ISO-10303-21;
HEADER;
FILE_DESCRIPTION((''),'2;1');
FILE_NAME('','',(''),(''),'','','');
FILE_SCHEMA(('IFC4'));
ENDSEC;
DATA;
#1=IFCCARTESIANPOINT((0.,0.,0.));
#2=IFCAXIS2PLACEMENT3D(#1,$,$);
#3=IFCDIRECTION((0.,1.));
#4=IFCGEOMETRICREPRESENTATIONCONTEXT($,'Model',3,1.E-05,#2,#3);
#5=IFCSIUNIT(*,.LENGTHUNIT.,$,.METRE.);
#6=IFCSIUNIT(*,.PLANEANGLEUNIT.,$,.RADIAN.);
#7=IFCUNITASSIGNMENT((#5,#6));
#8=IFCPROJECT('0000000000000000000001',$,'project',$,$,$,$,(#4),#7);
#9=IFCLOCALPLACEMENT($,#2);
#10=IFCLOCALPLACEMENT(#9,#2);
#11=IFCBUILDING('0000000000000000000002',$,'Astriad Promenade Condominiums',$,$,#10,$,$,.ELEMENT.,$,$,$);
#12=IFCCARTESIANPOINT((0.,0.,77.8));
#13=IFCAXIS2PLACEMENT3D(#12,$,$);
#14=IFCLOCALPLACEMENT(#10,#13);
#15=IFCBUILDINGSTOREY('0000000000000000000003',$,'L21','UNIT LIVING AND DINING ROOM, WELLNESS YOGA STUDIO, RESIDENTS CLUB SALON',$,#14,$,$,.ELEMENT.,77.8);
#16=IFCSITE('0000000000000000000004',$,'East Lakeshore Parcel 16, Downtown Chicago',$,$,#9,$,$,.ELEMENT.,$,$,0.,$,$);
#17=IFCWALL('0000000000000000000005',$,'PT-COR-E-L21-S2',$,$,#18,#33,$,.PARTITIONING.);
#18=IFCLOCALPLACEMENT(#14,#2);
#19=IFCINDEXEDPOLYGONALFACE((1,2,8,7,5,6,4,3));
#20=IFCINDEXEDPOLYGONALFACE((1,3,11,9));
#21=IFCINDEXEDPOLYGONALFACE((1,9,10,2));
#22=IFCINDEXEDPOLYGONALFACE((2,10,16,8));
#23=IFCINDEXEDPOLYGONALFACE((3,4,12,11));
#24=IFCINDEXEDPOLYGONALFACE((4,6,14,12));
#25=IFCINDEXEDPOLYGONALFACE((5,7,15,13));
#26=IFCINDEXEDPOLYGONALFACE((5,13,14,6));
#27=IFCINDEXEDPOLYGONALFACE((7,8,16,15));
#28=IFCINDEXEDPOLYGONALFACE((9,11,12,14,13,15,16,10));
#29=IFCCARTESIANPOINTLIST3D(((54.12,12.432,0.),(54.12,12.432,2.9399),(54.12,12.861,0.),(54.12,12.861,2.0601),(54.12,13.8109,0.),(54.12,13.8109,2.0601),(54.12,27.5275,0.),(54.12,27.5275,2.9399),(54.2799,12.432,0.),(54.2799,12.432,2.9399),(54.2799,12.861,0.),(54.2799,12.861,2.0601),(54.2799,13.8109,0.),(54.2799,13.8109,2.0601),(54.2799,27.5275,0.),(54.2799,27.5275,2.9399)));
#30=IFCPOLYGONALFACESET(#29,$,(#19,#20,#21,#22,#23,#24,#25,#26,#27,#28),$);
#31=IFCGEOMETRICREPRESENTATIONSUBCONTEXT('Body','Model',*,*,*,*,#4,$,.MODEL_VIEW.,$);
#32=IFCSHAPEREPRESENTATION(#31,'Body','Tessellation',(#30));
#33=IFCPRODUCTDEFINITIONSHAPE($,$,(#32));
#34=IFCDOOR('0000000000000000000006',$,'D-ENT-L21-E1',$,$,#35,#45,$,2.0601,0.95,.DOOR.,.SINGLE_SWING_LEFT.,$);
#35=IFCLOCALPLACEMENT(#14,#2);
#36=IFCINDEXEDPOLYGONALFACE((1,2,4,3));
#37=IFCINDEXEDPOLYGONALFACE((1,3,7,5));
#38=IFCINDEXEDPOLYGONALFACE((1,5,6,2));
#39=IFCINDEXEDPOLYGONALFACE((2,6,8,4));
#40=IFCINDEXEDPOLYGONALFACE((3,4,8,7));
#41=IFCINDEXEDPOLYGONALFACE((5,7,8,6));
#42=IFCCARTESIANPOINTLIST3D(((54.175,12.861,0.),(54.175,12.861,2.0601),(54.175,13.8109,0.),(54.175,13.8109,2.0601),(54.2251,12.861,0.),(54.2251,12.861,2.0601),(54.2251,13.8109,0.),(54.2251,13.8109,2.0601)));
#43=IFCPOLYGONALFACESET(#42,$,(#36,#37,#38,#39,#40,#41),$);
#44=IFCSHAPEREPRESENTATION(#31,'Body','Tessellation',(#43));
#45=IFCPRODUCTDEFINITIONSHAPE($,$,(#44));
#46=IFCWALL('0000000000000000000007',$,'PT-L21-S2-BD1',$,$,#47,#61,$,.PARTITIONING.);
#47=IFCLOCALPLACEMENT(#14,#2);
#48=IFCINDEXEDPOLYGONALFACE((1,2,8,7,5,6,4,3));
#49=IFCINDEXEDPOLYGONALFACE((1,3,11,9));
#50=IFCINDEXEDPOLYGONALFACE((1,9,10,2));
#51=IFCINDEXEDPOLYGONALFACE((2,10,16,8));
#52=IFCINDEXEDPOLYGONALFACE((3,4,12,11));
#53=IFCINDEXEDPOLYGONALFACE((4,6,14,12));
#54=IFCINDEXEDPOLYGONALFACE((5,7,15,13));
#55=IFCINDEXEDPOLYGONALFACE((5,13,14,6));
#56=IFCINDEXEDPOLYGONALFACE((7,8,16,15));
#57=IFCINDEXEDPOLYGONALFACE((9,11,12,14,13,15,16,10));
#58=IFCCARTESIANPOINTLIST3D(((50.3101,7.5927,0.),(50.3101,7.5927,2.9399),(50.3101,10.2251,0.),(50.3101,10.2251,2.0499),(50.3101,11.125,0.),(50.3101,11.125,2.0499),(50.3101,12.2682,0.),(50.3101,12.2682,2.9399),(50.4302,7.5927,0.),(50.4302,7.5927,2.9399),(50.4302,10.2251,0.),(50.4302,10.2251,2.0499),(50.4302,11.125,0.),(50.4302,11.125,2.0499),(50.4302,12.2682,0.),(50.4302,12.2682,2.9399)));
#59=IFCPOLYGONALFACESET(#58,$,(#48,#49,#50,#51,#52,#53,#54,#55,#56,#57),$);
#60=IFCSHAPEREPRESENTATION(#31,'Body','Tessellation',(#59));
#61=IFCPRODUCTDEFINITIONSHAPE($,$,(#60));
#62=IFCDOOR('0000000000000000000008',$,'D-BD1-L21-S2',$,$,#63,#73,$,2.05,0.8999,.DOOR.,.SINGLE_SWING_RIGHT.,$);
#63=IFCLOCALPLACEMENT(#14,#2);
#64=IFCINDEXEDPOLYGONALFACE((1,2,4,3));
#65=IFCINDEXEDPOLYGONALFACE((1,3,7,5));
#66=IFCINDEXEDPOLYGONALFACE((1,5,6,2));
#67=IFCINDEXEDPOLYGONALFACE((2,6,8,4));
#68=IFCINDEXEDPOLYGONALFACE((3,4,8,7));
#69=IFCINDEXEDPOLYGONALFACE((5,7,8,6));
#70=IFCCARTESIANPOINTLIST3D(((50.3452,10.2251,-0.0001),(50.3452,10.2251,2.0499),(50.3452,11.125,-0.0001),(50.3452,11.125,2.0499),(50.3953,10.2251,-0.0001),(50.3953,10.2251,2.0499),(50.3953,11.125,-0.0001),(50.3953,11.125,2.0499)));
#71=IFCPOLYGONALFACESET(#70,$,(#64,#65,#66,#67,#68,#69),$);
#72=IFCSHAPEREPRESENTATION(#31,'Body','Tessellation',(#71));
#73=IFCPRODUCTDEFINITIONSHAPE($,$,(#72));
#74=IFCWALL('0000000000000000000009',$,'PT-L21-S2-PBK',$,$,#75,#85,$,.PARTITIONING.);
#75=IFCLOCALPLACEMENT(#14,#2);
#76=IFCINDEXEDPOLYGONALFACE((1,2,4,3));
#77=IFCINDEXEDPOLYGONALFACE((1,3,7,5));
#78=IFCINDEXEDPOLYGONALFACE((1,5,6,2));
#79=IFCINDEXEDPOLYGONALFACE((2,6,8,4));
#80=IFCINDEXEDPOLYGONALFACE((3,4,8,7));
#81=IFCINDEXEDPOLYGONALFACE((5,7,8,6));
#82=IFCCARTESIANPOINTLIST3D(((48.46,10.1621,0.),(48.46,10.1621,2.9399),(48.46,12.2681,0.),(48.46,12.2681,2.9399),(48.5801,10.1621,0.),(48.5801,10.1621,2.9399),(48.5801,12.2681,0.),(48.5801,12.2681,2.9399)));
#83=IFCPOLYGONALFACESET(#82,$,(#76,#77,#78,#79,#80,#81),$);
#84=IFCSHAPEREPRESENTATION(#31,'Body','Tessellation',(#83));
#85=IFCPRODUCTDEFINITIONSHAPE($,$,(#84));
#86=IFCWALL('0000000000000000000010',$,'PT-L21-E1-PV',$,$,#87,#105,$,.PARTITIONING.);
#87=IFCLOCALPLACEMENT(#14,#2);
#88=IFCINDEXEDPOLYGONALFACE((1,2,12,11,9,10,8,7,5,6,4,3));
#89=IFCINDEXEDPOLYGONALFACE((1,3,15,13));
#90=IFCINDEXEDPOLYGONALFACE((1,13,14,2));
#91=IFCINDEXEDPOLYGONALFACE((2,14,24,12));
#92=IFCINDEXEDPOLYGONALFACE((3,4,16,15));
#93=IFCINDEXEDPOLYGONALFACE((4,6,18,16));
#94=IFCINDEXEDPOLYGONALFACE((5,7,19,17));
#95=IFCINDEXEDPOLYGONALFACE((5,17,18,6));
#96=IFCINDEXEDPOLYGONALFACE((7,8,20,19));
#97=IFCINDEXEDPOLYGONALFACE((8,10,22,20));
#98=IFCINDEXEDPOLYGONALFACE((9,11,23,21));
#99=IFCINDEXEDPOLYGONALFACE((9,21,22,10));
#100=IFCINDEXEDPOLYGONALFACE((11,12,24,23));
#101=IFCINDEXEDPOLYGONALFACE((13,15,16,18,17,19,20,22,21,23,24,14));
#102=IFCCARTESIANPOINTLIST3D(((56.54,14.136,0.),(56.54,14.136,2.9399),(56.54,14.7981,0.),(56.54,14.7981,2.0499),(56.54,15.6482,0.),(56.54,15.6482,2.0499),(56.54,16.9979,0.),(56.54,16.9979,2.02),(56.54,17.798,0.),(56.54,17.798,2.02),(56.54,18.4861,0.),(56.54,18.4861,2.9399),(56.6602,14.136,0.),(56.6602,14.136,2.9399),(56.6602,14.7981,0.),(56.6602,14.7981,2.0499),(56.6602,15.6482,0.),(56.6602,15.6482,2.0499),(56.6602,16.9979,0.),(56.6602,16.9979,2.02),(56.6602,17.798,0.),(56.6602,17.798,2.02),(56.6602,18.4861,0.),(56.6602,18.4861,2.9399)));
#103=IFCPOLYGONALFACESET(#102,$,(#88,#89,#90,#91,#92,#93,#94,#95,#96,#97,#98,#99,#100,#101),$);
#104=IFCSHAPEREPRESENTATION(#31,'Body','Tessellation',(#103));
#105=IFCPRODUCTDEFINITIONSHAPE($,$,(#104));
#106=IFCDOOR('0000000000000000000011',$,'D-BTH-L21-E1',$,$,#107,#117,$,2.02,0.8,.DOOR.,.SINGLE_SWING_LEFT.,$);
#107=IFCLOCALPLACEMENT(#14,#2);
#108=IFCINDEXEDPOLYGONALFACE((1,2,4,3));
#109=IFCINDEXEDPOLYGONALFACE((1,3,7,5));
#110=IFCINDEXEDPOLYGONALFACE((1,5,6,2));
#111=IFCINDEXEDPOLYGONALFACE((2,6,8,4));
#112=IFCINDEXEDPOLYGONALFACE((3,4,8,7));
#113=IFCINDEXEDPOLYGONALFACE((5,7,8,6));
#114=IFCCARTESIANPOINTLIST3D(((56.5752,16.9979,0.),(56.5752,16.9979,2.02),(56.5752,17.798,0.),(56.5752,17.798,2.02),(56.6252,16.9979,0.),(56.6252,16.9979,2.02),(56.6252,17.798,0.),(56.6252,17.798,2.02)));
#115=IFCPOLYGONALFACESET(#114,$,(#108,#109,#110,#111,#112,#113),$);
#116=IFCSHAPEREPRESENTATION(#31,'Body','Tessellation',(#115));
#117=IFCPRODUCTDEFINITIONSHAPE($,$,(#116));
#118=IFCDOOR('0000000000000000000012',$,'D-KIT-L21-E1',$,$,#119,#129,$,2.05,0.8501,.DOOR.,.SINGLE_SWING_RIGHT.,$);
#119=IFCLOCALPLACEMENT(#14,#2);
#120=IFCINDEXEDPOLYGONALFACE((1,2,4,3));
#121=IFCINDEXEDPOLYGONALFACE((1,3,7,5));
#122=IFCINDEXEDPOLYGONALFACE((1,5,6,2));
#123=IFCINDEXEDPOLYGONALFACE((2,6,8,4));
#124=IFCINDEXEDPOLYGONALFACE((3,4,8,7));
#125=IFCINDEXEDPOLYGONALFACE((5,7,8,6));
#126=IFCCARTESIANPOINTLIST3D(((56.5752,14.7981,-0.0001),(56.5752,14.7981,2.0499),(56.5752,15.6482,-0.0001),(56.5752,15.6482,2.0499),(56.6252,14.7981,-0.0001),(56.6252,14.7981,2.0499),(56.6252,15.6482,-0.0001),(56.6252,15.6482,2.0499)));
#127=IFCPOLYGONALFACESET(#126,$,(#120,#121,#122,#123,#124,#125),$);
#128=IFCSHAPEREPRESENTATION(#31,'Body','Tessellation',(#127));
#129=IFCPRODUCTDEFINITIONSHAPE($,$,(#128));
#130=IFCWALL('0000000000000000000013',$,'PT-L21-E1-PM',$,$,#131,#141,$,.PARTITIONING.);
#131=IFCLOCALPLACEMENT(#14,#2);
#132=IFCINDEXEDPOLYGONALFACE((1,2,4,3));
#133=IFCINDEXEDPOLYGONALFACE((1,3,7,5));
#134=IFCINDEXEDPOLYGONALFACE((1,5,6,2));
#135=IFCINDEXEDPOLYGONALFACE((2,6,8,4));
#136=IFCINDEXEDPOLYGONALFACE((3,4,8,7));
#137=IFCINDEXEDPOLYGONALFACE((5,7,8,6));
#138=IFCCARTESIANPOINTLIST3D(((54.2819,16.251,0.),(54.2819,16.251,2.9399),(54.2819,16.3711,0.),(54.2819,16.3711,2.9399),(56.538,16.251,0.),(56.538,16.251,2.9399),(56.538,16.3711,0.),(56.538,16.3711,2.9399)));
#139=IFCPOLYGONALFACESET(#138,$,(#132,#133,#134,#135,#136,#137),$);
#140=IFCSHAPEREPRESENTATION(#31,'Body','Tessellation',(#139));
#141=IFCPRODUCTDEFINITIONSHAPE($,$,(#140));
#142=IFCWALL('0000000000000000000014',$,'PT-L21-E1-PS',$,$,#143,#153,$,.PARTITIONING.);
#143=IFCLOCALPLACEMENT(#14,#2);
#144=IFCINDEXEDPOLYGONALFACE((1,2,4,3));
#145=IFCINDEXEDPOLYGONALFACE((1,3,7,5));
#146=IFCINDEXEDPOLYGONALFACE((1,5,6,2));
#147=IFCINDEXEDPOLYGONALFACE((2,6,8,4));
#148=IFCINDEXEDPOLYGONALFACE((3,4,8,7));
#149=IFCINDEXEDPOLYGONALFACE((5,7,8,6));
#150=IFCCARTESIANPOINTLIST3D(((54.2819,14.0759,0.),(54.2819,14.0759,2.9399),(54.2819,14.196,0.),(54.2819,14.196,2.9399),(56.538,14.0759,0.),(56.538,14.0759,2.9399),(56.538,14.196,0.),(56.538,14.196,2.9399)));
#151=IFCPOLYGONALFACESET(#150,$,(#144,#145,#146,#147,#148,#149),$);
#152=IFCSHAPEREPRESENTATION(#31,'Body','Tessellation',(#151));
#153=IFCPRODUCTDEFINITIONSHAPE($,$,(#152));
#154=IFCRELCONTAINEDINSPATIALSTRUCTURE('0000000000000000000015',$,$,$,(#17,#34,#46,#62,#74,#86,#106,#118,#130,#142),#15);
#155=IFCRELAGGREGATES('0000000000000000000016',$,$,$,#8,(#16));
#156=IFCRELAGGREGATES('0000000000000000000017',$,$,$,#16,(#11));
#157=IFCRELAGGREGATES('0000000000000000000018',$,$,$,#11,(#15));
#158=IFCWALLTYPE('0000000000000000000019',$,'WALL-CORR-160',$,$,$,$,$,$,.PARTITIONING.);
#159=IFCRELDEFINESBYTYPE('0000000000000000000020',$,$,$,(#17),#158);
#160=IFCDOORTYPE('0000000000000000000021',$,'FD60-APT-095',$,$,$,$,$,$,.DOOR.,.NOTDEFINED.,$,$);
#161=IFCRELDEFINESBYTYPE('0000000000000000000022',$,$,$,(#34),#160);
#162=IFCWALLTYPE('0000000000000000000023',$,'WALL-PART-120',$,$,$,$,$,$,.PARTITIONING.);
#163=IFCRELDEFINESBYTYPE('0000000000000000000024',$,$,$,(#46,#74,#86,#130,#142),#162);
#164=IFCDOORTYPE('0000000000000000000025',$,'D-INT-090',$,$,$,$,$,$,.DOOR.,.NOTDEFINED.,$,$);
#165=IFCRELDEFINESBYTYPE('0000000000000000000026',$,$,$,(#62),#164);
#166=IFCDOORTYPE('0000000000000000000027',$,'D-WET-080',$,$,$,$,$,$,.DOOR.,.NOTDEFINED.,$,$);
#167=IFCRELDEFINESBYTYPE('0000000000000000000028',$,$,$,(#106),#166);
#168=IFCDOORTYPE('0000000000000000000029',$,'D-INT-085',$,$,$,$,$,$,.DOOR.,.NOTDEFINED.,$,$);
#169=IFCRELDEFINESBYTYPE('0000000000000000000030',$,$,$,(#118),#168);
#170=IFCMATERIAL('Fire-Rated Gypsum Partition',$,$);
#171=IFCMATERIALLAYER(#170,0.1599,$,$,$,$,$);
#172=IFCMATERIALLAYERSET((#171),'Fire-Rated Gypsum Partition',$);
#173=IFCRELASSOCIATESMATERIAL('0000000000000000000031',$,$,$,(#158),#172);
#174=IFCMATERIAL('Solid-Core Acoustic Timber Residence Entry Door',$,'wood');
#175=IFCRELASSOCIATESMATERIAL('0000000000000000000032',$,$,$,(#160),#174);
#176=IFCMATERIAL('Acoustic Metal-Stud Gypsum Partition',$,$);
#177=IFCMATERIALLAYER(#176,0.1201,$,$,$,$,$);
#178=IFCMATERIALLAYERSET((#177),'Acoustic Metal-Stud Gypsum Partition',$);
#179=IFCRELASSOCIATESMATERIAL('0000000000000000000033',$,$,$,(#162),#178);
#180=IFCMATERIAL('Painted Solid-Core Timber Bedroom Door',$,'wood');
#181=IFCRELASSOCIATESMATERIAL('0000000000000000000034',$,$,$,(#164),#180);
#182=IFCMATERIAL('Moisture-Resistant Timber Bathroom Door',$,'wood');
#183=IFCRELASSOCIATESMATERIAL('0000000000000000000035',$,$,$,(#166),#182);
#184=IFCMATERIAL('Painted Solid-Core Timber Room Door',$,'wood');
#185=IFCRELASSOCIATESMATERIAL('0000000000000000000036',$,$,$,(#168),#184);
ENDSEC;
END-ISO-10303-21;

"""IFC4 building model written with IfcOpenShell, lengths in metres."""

from ifc_helpers import new_model, si_unit, direction, frame, frame_2d, origin, place, context, subcontext, project, spatial, rectangle, extrude, source, transform, mapped, material, layer, layer_set, type_object, type_shapes, element, fill, save


model = new_model("IFC4")

# Units and contexts
model_context = context("Model", 3, precision=1e-05, world=origin(), true_north=direction((0.0, 1.0)))
body_context = subcontext(model_context, "Body", "Model", "MODEL_VIEW")
ifc_project = project(units=[si_unit("LENGTHUNIT", "METRE"), si_unit("PLANEANGLEUNIT", "RADIAN")], contexts=[model_context])

# Site, building, storey
site_placement = place(None, origin())
site = spatial("IfcSite", under=ifc_project, at=site_placement, Name="East Lakeshore Parcel 16, Downtown Chicago", CompositionType="ELEMENT", RefElevation=0.0)
building_placement = place(site_placement, origin())
building = spatial("IfcBuilding", under=site, at=building_placement, Name="Astriad Promenade Condominiums", CompositionType="ELEMENT")
storey_placement = place(building_placement, frame((0.0, 0.0, 77.8)))
storey = spatial("IfcBuildingStorey", under=building, at=storey_placement, Name="L21", Description="UNIT LIVING AND DINING ROOM, WELLNESS YOGA STUDIO, RESIDENTS CLUB SALON", CompositionType="ELEMENT", Elevation=77.8)

# Shared definitions
ifc_material_1 = material(Name="Fire-Rated Gypsum Partition")
ifc_layer_1 = layer(ifc_material_1, 0.1599)
ifc_layer_set_1 = layer_set([ifc_layer_1], Name="Fire-Rated Gypsum Partition")
wall_type_1 = type_object("IfcWallType", Name="WALL-CORR-160", PredefinedType="PARTITIONING", material=ifc_layer_set_1)

# Walls, openings, doors
wall_1_placement = place(storey_placement, frame((54.2, 12.4319, 0.0), z_axis=(0.0, 0.0, 1.0), x_axis=(0.0, 1.0, 0.0)))
wall_1 = element("IfcWall", 1, at=wall_1_placement, inside=storey, type_object=wall_type_1, Name="PT-COR-E-L21-S2", PredefinedType="PARTITIONING", context=body_context, shape_type="SweptSolid", body=[
    extrude(rectangle(XDim=15.0955, YDim=0.1599, at=frame_2d((7.5479, 0.0))), origin(), (0.0, 0.0, 1.0), 2.9399),
])
opening_1_placement = place(wall_1_placement, frame((0.429, 0.0, 0.0)))
opening_1 = element("IfcOpeningElement", 2, at=opening_1_placement, cuts=wall_1, PredefinedType="OPENING", context=body_context, shape_type="SweptSolid", body=[
    extrude(rectangle(XDim=0.95, YDim=2.0601, at=frame_2d((0.4751, 1.03))), frame((0.0, 0.0898, 0.0), z_axis=(0.0, -1.0, 0.0), x_axis=(1.0, 0.0, 0.0)), (0.0, 0.0, 1.0), 0.1799),
])
ifc_material_2 = material(Name="Solid-Core Acoustic Timber Residence Entry Door", Category="wood")
door_type_1 = type_object("IfcDoorType", Name="FD60-APT-095", OperationType="NOTDEFINED", PredefinedType="DOOR", material=ifc_material_2)
shared_shape_1 = source(origin(), body_context, "Body", "SweptSolid", [
    extrude(rectangle(XDim=0.95, YDim=2.0601, at=frame_2d((0.4751, 1.03))), frame((0.0, 0.0249, 0.0), z_axis=(0.0, -1.0, 0.0), x_axis=(1.0, 0.0, 0.0)), (0.0, 0.0, 1.0), 0.05),
])
type_shapes(door_type_1, [shared_shape_1])
door_1_placement = place(opening_1_placement, origin())
door_1 = element("IfcDoor", 3, at=door_1_placement, inside=storey, type_object=door_type_1, Name="D-ENT-L21-E1", OperationType="SINGLE_SWING_LEFT", OverallHeight=2.0601, OverallWidth=0.95, PredefinedType="DOOR", context=body_context, shape_type="MappedRepresentation", body=[
    mapped(shared_shape_1, transform((0.0, 0.0, 0.0), scale=1.0)),
])
fill(opening_1, door_1)
ifc_material_3 = material(Name="Acoustic Metal-Stud Gypsum Partition")
ifc_layer_2 = layer(ifc_material_3, 0.1201)
ifc_layer_set_2 = layer_set([ifc_layer_2], Name="Acoustic Metal-Stud Gypsum Partition")
wall_type_2 = type_object("IfcWallType", Name="WALL-PART-120", PredefinedType="PARTITIONING", material=ifc_layer_set_2)
wall_2_placement = place(storey_placement, frame((50.3701, 7.5925, 0.0), z_axis=(0.0, 0.0, 1.0), x_axis=(0.0, 1.0, 0.0)))
wall_2 = element("IfcWall", 4, at=wall_2_placement, inside=storey, type_object=wall_type_2, Name="PT-L21-S2-BD1", PredefinedType="PARTITIONING", context=body_context, shape_type="SweptSolid", body=[
    extrude(rectangle(XDim=4.6755, YDim=0.1201, at=frame_2d((2.3379, 0.0))), origin(), (0.0, 0.0, 1.0), 2.9399),
])
opening_2_placement = place(wall_2_placement, frame((2.6326, 0.0, 0.0)))
opening_2 = element("IfcOpeningElement", 5, at=opening_2_placement, cuts=wall_2, PredefinedType="OPENING", context=body_context, shape_type="SweptSolid", body=[
    extrude(rectangle(XDim=0.8999, YDim=2.05, at=frame_2d((0.45, 1.0249))), frame((0.0, 0.0701, 0.0), z_axis=(0.0, -1.0, 0.0), x_axis=(1.0, 0.0, 0.0)), (0.0, 0.0, 1.0), 0.1401),
])
ifc_material_4 = material(Name="Painted Solid-Core Timber Bedroom Door", Category="wood")
door_type_2 = type_object("IfcDoorType", Name="D-INT-090", OperationType="NOTDEFINED", PredefinedType="DOOR", material=ifc_material_4)
shared_shape_2 = source(origin(), body_context, "Body", "SweptSolid", [
    extrude(rectangle(XDim=0.8999, YDim=2.05, at=frame_2d((0.45, 1.0249))), frame((0.0, 0.0249, 0.0), z_axis=(0.0, -1.0, 0.0), x_axis=(1.0, 0.0, 0.0)), (0.0, 0.0, 1.0), 0.05),
])
type_shapes(door_type_2, [shared_shape_2])
door_2_placement = place(opening_2_placement, origin())
door_2 = element("IfcDoor", 6, at=door_2_placement, inside=storey, type_object=door_type_2, Name="D-BD1-L21-S2", OperationType="SINGLE_SWING_RIGHT", OverallHeight=2.05, OverallWidth=0.8999, PredefinedType="DOOR", context=body_context, shape_type="MappedRepresentation", body=[
    mapped(shared_shape_2, transform((0.0, 0.0, 0.0), scale=1.0)),
])
fill(opening_2, door_2)

# Wall
wall_3_placement = place(storey_placement, frame((48.52, 10.1621, 0.0), z_axis=(0.0, 0.0, 1.0), x_axis=(0.0, 1.0, 0.0)))
element("IfcWall", 7, at=wall_3_placement, inside=storey, type_object=wall_type_2, Name="PT-L21-S2-PBK", PredefinedType="PARTITIONING", context=body_context, shape_type="SweptSolid", body=[
    extrude(rectangle(XDim=2.106, YDim=0.1201, at=frame_2d((1.053, 0.0))), origin(), (0.0, 0.0, 1.0), 2.9399),
])

# Wall, openings, doors
wall_4_placement = place(storey_placement, frame((56.6001, 14.136, 0.0), z_axis=(0.0, 0.0, 1.0), x_axis=(0.0, 1.0, 0.0)))
wall_4 = element("IfcWall", 8, at=wall_4_placement, inside=storey, type_object=wall_type_2, Name="PT-L21-E1-PV", PredefinedType="PARTITIONING", context=body_context, shape_type="SweptSolid", body=[
    extrude(rectangle(XDim=4.3501, YDim=0.1201, at=frame_2d((2.175, 0.0))), origin(), (0.0, 0.0, 1.0), 2.9399),
])
opening_3_placement = place(wall_4_placement, frame((0.6621, 0.0, 0.0)))
opening_3 = element("IfcOpeningElement", 9, at=opening_3_placement, cuts=wall_4, PredefinedType="OPENING", context=body_context, shape_type="SweptSolid", body=[
    extrude(rectangle(XDim=0.8501, YDim=2.05, at=frame_2d((0.425, 1.0249))), frame((0.0, 0.0701, 0.0), z_axis=(0.0, -1.0, 0.0), x_axis=(1.0, 0.0, 0.0)), (0.0, 0.0, 1.0), 0.1401),
])
opening_4_placement = place(wall_4_placement, frame((2.8621, 0.0, 0.0)))
opening_4 = element("IfcOpeningElement", 10, at=opening_4_placement, cuts=wall_4, PredefinedType="OPENING", context=body_context, shape_type="SweptSolid", body=[
    extrude(rectangle(XDim=0.8, YDim=2.02, at=frame_2d((0.3999, 1.01))), frame((0.0, 0.0701, 0.0), z_axis=(0.0, -1.0, 0.0), x_axis=(1.0, 0.0, 0.0)), (0.0, 0.0, 1.0), 0.1401),
])
ifc_material_5 = material(Name="Moisture-Resistant Timber Bathroom Door", Category="wood")
door_type_3 = type_object("IfcDoorType", Name="D-WET-080", OperationType="NOTDEFINED", PredefinedType="DOOR", material=ifc_material_5)
shared_shape_3 = source(origin(), body_context, "Body", "SweptSolid", [
    extrude(rectangle(XDim=0.8, YDim=2.02, at=frame_2d((0.3999, 1.01))), frame((0.0, 0.0249, 0.0), z_axis=(0.0, -1.0, 0.0), x_axis=(1.0, 0.0, 0.0)), (0.0, 0.0, 1.0), 0.05),
])
type_shapes(door_type_3, [shared_shape_3])
door_3_placement = place(opening_4_placement, origin())
door_3 = element("IfcDoor", 11, at=door_3_placement, inside=storey, type_object=door_type_3, Name="D-BTH-L21-E1", OperationType="SINGLE_SWING_LEFT", OverallHeight=2.02, OverallWidth=0.8, PredefinedType="DOOR", context=body_context, shape_type="MappedRepresentation", body=[
    mapped(shared_shape_3, transform((0.0, 0.0, 0.0), scale=1.0)),
])
fill(opening_4, door_3)
ifc_material_6 = material(Name="Painted Solid-Core Timber Room Door", Category="wood")
door_type_4 = type_object("IfcDoorType", Name="D-INT-085", OperationType="NOTDEFINED", PredefinedType="DOOR", material=ifc_material_6)
shared_shape_4 = source(origin(), body_context, "Body", "SweptSolid", [
    extrude(rectangle(XDim=0.8501, YDim=2.05, at=frame_2d((0.425, 1.0249))), frame((0.0, 0.0249, 0.0), z_axis=(0.0, -1.0, 0.0), x_axis=(1.0, 0.0, 0.0)), (0.0, 0.0, 1.0), 0.05),
])
type_shapes(door_type_4, [shared_shape_4])
door_4_placement = place(opening_3_placement, origin())
door_4 = element("IfcDoor", 12, at=door_4_placement, inside=storey, type_object=door_type_4, Name="D-KIT-L21-E1", OperationType="SINGLE_SWING_RIGHT", OverallHeight=2.05, OverallWidth=0.8501, PredefinedType="DOOR", context=body_context, shape_type="MappedRepresentation", body=[
    mapped(shared_shape_4, transform((0.0, 0.0, 0.0), scale=1.0)),
])
fill(opening_3, door_4)

# Walls
for number, where, z_axis, x_axis, name in (
    (13, (54.282, 16.311, 0.0), (0.0, 0.0, 1.0), (1.0, 0.0, 0.0), "PT-L21-E1-PM"),
    (14, (54.282, 14.136, 0.0), (0.0, 0.0, 1.0), (1.0, 0.0, 0.0), "PT-L21-E1-PS"),
):
    element("IfcWall", number, at=place(storey_placement, frame(where, z_axis=z_axis, x_axis=x_axis)), inside=storey, type_object=wall_type_2, Name=name, PredefinedType="PARTITIONING", context=body_context, shape_type="SweptSolid", body=[
        extrude(rectangle(XDim=2.2561, YDim=0.1201, at=frame_2d((1.1279, 0.0))), origin(), (0.0, 0.0, 1.0), 2.9399),
    ])

save(model, "model.ifc")
